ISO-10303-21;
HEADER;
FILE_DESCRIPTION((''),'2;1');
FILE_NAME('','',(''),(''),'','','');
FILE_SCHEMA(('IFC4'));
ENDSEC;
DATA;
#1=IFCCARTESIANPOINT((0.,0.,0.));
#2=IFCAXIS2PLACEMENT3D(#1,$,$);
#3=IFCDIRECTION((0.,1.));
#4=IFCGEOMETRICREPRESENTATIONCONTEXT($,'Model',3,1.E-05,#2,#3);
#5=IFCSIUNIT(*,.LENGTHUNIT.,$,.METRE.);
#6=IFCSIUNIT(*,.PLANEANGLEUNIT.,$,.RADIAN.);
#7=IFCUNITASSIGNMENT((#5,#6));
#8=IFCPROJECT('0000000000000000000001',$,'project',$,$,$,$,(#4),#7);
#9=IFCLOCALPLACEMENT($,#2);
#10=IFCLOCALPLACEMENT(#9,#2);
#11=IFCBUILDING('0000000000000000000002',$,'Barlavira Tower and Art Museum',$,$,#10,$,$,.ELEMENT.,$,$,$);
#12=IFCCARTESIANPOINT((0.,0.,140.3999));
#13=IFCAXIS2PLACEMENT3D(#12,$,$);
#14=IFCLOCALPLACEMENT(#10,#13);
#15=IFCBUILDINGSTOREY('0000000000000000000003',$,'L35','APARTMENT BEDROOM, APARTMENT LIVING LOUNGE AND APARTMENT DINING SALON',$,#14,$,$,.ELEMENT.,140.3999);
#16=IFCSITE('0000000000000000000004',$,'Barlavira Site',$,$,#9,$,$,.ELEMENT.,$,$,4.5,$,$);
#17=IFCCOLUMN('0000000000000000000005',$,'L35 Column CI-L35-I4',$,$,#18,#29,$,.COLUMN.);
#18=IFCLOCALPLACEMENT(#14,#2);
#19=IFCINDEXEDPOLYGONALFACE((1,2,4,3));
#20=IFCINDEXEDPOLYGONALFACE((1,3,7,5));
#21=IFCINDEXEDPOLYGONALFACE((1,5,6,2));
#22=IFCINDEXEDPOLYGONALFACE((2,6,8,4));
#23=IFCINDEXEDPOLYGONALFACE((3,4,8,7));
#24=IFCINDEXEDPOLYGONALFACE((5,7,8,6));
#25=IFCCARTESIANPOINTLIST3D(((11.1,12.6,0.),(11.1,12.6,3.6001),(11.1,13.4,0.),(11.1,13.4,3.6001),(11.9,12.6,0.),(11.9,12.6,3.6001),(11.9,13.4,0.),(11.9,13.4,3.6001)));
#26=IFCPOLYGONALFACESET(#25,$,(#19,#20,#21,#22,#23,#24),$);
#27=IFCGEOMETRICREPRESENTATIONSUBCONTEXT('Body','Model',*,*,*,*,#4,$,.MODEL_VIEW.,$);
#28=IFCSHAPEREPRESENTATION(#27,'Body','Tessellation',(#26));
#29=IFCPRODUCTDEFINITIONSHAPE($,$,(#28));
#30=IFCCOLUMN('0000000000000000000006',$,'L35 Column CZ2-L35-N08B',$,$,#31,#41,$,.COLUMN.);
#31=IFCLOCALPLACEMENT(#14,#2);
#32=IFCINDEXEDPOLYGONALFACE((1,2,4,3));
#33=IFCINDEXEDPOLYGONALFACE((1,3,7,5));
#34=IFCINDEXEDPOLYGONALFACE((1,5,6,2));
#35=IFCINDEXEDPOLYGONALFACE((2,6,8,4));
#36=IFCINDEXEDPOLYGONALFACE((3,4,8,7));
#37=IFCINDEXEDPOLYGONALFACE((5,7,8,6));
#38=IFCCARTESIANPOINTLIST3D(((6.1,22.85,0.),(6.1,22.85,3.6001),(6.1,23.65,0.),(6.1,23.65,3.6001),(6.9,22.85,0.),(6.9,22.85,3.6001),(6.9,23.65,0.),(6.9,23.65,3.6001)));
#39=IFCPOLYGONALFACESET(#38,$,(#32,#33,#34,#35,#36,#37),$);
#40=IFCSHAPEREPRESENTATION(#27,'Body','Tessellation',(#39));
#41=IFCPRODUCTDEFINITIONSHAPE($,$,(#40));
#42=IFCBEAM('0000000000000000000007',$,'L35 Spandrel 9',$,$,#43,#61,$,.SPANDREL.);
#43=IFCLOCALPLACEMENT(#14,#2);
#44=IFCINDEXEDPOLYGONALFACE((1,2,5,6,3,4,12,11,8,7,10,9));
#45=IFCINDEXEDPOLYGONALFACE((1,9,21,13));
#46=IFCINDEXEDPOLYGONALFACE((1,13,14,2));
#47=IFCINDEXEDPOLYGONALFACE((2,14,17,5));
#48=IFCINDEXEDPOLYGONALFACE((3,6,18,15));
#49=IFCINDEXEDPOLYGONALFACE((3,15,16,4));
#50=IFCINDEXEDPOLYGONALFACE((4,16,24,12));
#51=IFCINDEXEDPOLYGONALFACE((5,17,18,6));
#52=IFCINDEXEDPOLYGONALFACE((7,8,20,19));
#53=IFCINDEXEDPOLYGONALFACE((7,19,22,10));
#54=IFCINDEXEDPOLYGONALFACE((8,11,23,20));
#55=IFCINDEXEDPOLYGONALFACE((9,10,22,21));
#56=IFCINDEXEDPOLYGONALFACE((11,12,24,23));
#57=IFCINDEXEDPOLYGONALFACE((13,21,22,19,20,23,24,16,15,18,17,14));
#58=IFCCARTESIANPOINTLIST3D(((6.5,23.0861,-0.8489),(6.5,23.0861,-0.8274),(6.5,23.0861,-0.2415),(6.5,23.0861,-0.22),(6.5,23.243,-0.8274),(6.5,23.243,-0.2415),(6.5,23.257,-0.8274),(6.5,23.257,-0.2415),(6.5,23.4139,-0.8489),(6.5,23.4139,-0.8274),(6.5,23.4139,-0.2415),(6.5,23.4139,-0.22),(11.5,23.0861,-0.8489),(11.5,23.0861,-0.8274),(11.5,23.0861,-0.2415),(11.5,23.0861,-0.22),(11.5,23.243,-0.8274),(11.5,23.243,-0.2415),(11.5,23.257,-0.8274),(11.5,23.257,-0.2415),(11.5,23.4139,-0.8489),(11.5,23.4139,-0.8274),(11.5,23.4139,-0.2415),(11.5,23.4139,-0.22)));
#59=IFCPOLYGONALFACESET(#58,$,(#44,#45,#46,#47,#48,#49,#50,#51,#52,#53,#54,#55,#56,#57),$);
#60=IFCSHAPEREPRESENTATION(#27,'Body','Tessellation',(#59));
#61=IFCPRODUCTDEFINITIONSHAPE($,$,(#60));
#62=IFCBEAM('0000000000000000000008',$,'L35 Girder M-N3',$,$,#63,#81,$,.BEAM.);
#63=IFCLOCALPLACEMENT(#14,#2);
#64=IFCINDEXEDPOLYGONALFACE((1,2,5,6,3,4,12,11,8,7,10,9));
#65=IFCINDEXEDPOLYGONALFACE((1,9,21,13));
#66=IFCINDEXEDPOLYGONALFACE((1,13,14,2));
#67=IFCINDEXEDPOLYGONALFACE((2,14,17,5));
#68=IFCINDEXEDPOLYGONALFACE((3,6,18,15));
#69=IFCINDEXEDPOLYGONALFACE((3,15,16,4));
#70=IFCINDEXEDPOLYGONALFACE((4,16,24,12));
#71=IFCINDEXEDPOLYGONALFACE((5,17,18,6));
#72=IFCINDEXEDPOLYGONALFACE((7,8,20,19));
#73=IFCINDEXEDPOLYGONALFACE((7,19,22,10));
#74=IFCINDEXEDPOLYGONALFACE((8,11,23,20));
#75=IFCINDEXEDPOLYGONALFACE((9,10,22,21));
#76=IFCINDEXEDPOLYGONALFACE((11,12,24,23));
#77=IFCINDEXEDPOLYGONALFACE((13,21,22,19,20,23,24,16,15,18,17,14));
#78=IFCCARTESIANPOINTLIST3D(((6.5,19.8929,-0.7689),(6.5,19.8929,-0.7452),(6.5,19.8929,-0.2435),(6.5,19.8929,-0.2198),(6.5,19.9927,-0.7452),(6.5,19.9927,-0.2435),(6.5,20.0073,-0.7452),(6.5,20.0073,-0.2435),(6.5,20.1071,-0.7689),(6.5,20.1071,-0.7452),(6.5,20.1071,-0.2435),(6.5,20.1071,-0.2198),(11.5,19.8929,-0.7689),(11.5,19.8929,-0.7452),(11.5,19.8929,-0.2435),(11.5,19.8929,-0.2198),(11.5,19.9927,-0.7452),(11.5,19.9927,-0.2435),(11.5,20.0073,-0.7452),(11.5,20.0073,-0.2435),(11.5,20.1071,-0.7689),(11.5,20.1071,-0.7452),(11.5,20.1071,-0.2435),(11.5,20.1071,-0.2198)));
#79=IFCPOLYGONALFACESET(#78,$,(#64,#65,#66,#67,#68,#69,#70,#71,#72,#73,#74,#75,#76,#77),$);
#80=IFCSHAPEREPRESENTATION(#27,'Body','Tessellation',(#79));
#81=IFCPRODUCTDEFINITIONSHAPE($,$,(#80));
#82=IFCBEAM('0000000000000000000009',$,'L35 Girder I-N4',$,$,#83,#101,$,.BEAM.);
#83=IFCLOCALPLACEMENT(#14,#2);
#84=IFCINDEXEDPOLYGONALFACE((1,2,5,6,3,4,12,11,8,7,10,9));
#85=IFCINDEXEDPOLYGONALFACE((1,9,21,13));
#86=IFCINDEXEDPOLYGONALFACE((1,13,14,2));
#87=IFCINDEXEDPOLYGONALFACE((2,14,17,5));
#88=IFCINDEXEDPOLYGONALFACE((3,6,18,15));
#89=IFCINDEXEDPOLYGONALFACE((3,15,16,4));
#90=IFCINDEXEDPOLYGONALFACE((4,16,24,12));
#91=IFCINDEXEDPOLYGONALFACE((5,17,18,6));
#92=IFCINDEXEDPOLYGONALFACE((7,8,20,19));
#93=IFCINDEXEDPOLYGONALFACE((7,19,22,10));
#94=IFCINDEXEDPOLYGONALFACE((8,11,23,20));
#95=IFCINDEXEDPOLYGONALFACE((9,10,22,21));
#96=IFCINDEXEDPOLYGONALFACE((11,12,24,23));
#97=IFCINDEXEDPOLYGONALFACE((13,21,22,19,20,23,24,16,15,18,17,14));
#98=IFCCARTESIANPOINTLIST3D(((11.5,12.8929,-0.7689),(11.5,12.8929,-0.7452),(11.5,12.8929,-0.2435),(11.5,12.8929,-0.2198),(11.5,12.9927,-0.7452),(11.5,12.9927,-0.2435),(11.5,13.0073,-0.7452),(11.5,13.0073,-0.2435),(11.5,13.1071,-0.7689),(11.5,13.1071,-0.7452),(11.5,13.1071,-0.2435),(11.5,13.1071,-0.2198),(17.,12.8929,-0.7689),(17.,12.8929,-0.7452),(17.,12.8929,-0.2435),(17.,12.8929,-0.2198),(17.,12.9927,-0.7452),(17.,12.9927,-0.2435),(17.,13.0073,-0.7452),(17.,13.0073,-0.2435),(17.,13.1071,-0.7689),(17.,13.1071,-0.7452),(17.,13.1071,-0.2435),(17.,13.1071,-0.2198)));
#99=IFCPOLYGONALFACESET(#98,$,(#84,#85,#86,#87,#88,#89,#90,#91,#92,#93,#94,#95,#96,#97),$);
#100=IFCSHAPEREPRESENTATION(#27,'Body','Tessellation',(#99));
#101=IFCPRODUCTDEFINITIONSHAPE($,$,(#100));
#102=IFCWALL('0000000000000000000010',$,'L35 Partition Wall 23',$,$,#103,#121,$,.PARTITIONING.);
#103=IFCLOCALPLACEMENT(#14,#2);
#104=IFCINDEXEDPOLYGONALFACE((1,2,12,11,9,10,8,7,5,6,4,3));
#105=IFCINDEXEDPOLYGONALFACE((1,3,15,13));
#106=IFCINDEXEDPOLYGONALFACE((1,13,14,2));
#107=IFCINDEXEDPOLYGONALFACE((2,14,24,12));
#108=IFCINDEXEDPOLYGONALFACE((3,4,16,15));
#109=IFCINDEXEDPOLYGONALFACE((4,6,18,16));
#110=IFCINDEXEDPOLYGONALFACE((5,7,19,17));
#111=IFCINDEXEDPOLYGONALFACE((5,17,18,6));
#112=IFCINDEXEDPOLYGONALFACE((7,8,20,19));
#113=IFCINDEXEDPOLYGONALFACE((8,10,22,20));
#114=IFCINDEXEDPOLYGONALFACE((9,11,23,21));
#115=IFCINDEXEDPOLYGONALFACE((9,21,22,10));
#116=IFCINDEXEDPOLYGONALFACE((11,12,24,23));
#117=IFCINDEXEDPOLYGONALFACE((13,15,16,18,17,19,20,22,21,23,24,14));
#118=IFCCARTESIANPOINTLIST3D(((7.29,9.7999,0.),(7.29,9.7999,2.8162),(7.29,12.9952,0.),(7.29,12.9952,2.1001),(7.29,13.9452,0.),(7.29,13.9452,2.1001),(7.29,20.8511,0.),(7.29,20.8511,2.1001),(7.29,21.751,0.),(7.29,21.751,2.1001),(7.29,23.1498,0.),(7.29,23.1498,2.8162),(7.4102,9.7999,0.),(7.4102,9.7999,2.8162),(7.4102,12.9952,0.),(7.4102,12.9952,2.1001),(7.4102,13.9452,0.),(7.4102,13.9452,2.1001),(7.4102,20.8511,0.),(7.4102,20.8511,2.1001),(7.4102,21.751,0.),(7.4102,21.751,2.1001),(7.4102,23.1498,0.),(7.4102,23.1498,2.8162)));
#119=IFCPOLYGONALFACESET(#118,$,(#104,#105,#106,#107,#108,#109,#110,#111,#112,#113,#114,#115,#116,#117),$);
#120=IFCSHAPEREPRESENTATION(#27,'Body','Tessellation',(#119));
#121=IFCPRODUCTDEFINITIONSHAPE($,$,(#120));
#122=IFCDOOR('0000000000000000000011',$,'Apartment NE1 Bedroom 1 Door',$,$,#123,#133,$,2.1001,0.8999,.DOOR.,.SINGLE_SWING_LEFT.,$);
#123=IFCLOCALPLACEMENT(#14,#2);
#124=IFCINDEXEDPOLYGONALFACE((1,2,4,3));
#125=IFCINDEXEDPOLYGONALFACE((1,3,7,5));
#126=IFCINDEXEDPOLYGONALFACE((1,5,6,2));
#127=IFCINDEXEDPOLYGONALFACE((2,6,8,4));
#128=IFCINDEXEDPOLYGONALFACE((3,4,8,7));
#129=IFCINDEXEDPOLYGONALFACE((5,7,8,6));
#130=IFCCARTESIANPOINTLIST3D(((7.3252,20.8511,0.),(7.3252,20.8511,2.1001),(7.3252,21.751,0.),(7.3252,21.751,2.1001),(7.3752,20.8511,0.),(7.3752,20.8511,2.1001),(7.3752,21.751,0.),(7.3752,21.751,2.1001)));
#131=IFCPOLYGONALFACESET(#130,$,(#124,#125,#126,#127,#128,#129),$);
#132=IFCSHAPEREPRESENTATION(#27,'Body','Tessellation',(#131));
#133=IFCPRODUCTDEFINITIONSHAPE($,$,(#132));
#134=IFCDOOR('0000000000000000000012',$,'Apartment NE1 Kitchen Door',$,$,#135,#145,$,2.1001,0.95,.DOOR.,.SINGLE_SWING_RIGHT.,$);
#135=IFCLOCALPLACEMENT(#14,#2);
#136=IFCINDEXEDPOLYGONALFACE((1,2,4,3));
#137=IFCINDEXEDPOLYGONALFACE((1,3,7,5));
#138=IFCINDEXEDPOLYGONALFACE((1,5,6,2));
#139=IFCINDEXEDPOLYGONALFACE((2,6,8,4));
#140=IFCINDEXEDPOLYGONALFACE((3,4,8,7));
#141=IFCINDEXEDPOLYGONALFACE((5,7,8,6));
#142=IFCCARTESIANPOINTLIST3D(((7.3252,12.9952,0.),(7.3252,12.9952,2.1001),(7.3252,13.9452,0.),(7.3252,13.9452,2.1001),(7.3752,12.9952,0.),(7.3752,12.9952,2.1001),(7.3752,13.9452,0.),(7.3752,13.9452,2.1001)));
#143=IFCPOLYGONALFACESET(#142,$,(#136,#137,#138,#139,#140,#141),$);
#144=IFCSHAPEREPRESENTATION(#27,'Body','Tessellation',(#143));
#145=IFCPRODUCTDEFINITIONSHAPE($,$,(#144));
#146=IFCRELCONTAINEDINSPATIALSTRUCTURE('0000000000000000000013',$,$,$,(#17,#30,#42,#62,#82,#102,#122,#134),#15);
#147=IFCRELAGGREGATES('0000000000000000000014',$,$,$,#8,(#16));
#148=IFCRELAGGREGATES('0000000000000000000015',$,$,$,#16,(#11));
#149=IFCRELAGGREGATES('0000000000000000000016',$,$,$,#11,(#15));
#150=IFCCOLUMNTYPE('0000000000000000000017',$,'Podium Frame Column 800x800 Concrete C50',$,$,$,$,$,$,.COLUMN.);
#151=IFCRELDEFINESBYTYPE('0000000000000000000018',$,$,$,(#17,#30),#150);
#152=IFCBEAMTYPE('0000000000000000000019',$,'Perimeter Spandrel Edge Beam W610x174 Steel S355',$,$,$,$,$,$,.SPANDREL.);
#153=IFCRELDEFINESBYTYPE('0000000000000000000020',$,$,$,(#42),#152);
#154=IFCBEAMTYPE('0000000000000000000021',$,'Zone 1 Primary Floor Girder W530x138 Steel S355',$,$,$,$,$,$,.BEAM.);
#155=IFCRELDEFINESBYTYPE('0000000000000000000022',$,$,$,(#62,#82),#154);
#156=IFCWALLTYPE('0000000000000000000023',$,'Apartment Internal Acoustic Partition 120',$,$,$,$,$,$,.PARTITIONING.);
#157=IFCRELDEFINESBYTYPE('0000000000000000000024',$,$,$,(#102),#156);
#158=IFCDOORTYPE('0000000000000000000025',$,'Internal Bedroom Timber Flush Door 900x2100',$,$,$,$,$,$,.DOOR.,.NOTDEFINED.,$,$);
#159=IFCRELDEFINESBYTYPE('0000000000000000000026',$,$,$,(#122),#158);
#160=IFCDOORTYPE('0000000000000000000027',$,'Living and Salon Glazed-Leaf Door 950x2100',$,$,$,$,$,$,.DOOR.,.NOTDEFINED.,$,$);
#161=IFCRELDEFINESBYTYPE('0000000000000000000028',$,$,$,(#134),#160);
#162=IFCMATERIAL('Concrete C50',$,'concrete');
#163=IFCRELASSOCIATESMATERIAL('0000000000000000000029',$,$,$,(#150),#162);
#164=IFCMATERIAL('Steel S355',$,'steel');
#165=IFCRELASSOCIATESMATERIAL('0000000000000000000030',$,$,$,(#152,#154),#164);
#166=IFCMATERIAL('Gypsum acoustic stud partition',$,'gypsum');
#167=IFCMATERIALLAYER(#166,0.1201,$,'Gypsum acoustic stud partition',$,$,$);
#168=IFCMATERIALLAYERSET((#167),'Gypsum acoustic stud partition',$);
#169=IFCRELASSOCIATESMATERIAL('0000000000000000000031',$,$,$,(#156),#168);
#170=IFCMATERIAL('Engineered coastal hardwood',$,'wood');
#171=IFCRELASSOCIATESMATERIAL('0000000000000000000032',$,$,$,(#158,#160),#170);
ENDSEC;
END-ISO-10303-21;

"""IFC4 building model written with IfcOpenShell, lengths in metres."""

from ifc_helpers import new_model, si_unit, direction, frame, frame_2d, origin, origin_2d, place, context, subcontext, project, spatial, rectangle, i_section, extrude, material, layer, layer_set, material_profile, profile_set, type_object, element, fill, save


model = new_model("IFC4")

# Units and contexts
model_context = context("Model", 3, precision=1e-05, world=origin(), true_north=direction((0.0, 1.0)))
body_context = subcontext(model_context, "Body", "Model", "MODEL_VIEW")
ifc_project = project(units=[si_unit("LENGTHUNIT", "METRE"), si_unit("PLANEANGLEUNIT", "RADIAN")], contexts=[model_context])

# Site, building, storey
site_placement = place(None, origin())
site = spatial("IfcSite", under=ifc_project, at=site_placement, Name="Barlavira Site", CompositionType="ELEMENT", RefElevation=4.5)
building_placement = place(site_placement, origin())
building = spatial("IfcBuilding", under=site, at=building_placement, Name="Barlavira Tower and Art Museum", CompositionType="ELEMENT")
storey_placement = place(building_placement, frame((0.0, 0.0, 140.3999)))
storey = spatial("IfcBuildingStorey", under=building, at=storey_placement, Name="L35", Description="APARTMENT BEDROOM, APARTMENT LIVING LOUNGE AND APARTMENT DINING SALON", CompositionType="ELEMENT", Elevation=140.3999)

# Columns
ifc_material_1 = material(Name="Concrete C50", Category="concrete")
ifc_material_profile_1 = material_profile(ifc_material_1, rectangle(XDim=0.8, YDim=0.8, at=origin_2d()), Name="RC-COL 800x800")
ifc_profile_set_1 = profile_set([ifc_material_profile_1], Name="Concrete C50")
column_type = type_object("IfcColumnType", Name="Podium Frame Column 800x800 Concrete C50", PredefinedType="COLUMN", material=ifc_profile_set_1)
for number, where, z_axis, x_axis, name in (
    (1, (11.5, 13.0, 0.0), (0.0, 0.0, 1.0), (1.0, 0.0, 0.0), "L35 Column CI-L35-I4"),
    (2, (6.5, 23.25, 0.0), (0.0, 0.0, 1.0), (1.0, 0.0, 0.0), "L35 Column CZ2-L35-N08B"),
):
    element("IfcColumn", number, at=place(storey_placement, frame(where, z_axis=z_axis, x_axis=x_axis)), inside=storey, type_object=column_type, Name=name, PredefinedType="COLUMN", context=body_context, shape_type="SweptSolid", body=[
        extrude(rectangle(XDim=0.8, YDim=0.8, at=origin_2d()), origin(), (0.0, 0.0, 1.0), 3.6001),
    ])

# Beams
ifc_material_2 = material(Name="Steel S355", Category="steel")
ifc_material_profile_2 = material_profile(ifc_material_2, i_section(OverallWidth=0.3279, OverallDepth=0.6289, WebThickness=0.0139, FlangeThickness=0.0215, at=origin_2d()), Name="W610x174.0")
ifc_profile_set_2 = profile_set([ifc_material_profile_2], Name="Steel S355")
beam_type_1 = type_object("IfcBeamType", Name="Perimeter Spandrel Edge Beam W610x174 Steel S355", PredefinedType="SPANDREL", material=ifc_profile_set_2)
beam_1_placement = place(storey_placement, frame((6.5, 23.25, -0.5344), z_axis=(1.0, 0.0, 0.0), x_axis=(0.0, 1.0, 0.0)))
element("IfcBeam", 3, at=beam_1_placement, inside=storey, type_object=beam_type_1, Name="L35 Spandrel 9", PredefinedType="SPANDREL", context=body_context, shape_type="SweptSolid", body=[
    extrude(i_section(OverallWidth=0.3279, OverallDepth=0.6289, WebThickness=0.0139, FlangeThickness=0.0215, at=origin_2d()), origin(), (0.0, 0.0, 1.0), 5.0),
])
ifc_material_profile_3 = material_profile(ifc_material_2, i_section(OverallWidth=0.2141, OverallDepth=0.5491, WebThickness=0.0146, FlangeThickness=0.0237, at=origin_2d()), Name="W530x138.0")
ifc_profile_set_3 = profile_set([ifc_material_profile_3], Name="Steel S355")
beam_type_2 = type_object("IfcBeamType", Name="Zone 1 Primary Floor Girder W530x138 Steel S355", PredefinedType="BEAM", material=ifc_profile_set_3)
beam_2_placement = place(storey_placement, frame((6.5, 20.0, -0.4944), z_axis=(1.0, 0.0, 0.0), x_axis=(0.0, 1.0, 0.0)))
element("IfcBeam", 4, at=beam_2_placement, inside=storey, type_object=beam_type_2, Name="L35 Girder M-N3", PredefinedType="BEAM", context=body_context, shape_type="SweptSolid", body=[
    extrude(i_section(OverallWidth=0.2141, OverallDepth=0.5491, WebThickness=0.0146, FlangeThickness=0.0237, at=origin_2d()), origin(), (0.0, 0.0, 1.0), 5.0),
])
beam_3_placement = place(storey_placement, frame((11.5, 13.0, -0.4944), z_axis=(1.0, 0.0, 0.0), x_axis=(0.0, 1.0, 0.0)))
element("IfcBeam", 5, at=beam_3_placement, inside=storey, type_object=beam_type_2, Name="L35 Girder I-N4", PredefinedType="BEAM", context=body_context, shape_type="SweptSolid", body=[
    extrude(i_section(OverallWidth=0.2141, OverallDepth=0.5491, WebThickness=0.0146, FlangeThickness=0.0237, at=origin_2d()), origin(), (0.0, 0.0, 1.0), 5.5),
])

# Wall, openings, doors
ifc_material_3 = material(Name="Gypsum acoustic stud partition", Category="gypsum")
ifc_layer_1 = layer(ifc_material_3, 0.1201, Name="Gypsum acoustic stud partition")
ifc_layer_set_1 = layer_set([ifc_layer_1], Name="Gypsum acoustic stud partition")
wall_type_1 = type_object("IfcWallType", Name="Apartment Internal Acoustic Partition 120", PredefinedType="PARTITIONING", material=ifc_layer_set_1)
wall_1_placement = place(storey_placement, frame((7.3501, 9.8, 0.0), z_axis=(0.0, 0.0, 1.0), x_axis=(0.0, 1.0, 0.0)))
wall_1 = element("IfcWall", 6, at=wall_1_placement, inside=storey, type_object=wall_type_1, Name="L35 Partition Wall 23", PredefinedType="PARTITIONING", context=body_context, shape_type="SweptSolid", body=[
    extrude(rectangle(XDim=13.3499, YDim=0.1201, at=frame_2d((6.6748, 0.0))), origin(), (0.0, 0.0, 1.0), 2.8162),
])
opening_1_placement = place(wall_1_placement, frame((3.1951, 0.0, 0.0)))
opening_1 = element("IfcOpeningElement", 7, at=opening_1_placement, cuts=wall_1, PredefinedType="OPENING", context=body_context, shape_type="SweptSolid", body=[
    extrude(rectangle(XDim=0.95, YDim=2.1001, at=frame_2d((0.4751, 1.05))), frame((0.0, 0.0701, 0.0), z_axis=(0.0, -1.0, 0.0), x_axis=(1.0, 0.0, 0.0)), (0.0, 0.0, 1.0), 0.1401),
])
opening_2_placement = place(wall_1_placement, frame((11.051, 0.0, 0.0)))
opening_2 = element("IfcOpeningElement", 8, at=opening_2_placement, cuts=wall_1, PredefinedType="OPENING", context=body_context, shape_type="SweptSolid", body=[
    extrude(rectangle(XDim=0.8999, YDim=2.1001, at=frame_2d((0.45, 1.05))), frame((0.0, 0.0701, 0.0), z_axis=(0.0, -1.0, 0.0), x_axis=(1.0, 0.0, 0.0)), (0.0, 0.0, 1.0), 0.1401),
])
ifc_material_4 = material(Name="Engineered coastal hardwood", Category="wood")
door_type_1 = type_object("IfcDoorType", Name="Internal Bedroom Timber Flush Door 900x2100", OperationType="NOTDEFINED", PredefinedType="DOOR", material=ifc_material_4)
door_1_placement = place(opening_2_placement, origin())
door_1 = element("IfcDoor", 9, at=door_1_placement, inside=storey, type_object=door_type_1, Name="Apartment NE1 Bedroom 1 Door", OperationType="SINGLE_SWING_LEFT", OverallHeight=2.1001, OverallWidth=0.8999, PredefinedType="DOOR", context=body_context, shape_type="SweptSolid", body=[
    extrude(rectangle(XDim=0.8999, YDim=2.1001, at=frame_2d((0.45, 1.05))), frame((0.0, 0.0249, 0.0), z_axis=(0.0, -1.0, 0.0), x_axis=(1.0, 0.0, 0.0)), (0.0, 0.0, 1.0), 0.05),
])
fill(opening_2, door_1)
door_type_2 = type_object("IfcDoorType", Name="Living and Salon Glazed-Leaf Door 950x2100", OperationType="NOTDEFINED", PredefinedType="DOOR", material=ifc_material_4)
door_2_placement = place(opening_1_placement, origin())
door_2 = element("IfcDoor", 10, at=door_2_placement, inside=storey, type_object=door_type_2, Name="Apartment NE1 Kitchen Door", OperationType="SINGLE_SWING_RIGHT", OverallHeight=2.1001, OverallWidth=0.95, PredefinedType="DOOR", context=body_context, shape_type="SweptSolid", body=[
    extrude(rectangle(XDim=0.95, YDim=2.1001, at=frame_2d((0.4751, 1.05))), frame((0.0, 0.0249, 0.0), z_axis=(0.0, -1.0, 0.0), x_axis=(1.0, 0.0, 0.0)), (0.0, 0.0, 1.0), 0.05),
])
fill(opening_1, door_2)

save(model, "model.ifc")
